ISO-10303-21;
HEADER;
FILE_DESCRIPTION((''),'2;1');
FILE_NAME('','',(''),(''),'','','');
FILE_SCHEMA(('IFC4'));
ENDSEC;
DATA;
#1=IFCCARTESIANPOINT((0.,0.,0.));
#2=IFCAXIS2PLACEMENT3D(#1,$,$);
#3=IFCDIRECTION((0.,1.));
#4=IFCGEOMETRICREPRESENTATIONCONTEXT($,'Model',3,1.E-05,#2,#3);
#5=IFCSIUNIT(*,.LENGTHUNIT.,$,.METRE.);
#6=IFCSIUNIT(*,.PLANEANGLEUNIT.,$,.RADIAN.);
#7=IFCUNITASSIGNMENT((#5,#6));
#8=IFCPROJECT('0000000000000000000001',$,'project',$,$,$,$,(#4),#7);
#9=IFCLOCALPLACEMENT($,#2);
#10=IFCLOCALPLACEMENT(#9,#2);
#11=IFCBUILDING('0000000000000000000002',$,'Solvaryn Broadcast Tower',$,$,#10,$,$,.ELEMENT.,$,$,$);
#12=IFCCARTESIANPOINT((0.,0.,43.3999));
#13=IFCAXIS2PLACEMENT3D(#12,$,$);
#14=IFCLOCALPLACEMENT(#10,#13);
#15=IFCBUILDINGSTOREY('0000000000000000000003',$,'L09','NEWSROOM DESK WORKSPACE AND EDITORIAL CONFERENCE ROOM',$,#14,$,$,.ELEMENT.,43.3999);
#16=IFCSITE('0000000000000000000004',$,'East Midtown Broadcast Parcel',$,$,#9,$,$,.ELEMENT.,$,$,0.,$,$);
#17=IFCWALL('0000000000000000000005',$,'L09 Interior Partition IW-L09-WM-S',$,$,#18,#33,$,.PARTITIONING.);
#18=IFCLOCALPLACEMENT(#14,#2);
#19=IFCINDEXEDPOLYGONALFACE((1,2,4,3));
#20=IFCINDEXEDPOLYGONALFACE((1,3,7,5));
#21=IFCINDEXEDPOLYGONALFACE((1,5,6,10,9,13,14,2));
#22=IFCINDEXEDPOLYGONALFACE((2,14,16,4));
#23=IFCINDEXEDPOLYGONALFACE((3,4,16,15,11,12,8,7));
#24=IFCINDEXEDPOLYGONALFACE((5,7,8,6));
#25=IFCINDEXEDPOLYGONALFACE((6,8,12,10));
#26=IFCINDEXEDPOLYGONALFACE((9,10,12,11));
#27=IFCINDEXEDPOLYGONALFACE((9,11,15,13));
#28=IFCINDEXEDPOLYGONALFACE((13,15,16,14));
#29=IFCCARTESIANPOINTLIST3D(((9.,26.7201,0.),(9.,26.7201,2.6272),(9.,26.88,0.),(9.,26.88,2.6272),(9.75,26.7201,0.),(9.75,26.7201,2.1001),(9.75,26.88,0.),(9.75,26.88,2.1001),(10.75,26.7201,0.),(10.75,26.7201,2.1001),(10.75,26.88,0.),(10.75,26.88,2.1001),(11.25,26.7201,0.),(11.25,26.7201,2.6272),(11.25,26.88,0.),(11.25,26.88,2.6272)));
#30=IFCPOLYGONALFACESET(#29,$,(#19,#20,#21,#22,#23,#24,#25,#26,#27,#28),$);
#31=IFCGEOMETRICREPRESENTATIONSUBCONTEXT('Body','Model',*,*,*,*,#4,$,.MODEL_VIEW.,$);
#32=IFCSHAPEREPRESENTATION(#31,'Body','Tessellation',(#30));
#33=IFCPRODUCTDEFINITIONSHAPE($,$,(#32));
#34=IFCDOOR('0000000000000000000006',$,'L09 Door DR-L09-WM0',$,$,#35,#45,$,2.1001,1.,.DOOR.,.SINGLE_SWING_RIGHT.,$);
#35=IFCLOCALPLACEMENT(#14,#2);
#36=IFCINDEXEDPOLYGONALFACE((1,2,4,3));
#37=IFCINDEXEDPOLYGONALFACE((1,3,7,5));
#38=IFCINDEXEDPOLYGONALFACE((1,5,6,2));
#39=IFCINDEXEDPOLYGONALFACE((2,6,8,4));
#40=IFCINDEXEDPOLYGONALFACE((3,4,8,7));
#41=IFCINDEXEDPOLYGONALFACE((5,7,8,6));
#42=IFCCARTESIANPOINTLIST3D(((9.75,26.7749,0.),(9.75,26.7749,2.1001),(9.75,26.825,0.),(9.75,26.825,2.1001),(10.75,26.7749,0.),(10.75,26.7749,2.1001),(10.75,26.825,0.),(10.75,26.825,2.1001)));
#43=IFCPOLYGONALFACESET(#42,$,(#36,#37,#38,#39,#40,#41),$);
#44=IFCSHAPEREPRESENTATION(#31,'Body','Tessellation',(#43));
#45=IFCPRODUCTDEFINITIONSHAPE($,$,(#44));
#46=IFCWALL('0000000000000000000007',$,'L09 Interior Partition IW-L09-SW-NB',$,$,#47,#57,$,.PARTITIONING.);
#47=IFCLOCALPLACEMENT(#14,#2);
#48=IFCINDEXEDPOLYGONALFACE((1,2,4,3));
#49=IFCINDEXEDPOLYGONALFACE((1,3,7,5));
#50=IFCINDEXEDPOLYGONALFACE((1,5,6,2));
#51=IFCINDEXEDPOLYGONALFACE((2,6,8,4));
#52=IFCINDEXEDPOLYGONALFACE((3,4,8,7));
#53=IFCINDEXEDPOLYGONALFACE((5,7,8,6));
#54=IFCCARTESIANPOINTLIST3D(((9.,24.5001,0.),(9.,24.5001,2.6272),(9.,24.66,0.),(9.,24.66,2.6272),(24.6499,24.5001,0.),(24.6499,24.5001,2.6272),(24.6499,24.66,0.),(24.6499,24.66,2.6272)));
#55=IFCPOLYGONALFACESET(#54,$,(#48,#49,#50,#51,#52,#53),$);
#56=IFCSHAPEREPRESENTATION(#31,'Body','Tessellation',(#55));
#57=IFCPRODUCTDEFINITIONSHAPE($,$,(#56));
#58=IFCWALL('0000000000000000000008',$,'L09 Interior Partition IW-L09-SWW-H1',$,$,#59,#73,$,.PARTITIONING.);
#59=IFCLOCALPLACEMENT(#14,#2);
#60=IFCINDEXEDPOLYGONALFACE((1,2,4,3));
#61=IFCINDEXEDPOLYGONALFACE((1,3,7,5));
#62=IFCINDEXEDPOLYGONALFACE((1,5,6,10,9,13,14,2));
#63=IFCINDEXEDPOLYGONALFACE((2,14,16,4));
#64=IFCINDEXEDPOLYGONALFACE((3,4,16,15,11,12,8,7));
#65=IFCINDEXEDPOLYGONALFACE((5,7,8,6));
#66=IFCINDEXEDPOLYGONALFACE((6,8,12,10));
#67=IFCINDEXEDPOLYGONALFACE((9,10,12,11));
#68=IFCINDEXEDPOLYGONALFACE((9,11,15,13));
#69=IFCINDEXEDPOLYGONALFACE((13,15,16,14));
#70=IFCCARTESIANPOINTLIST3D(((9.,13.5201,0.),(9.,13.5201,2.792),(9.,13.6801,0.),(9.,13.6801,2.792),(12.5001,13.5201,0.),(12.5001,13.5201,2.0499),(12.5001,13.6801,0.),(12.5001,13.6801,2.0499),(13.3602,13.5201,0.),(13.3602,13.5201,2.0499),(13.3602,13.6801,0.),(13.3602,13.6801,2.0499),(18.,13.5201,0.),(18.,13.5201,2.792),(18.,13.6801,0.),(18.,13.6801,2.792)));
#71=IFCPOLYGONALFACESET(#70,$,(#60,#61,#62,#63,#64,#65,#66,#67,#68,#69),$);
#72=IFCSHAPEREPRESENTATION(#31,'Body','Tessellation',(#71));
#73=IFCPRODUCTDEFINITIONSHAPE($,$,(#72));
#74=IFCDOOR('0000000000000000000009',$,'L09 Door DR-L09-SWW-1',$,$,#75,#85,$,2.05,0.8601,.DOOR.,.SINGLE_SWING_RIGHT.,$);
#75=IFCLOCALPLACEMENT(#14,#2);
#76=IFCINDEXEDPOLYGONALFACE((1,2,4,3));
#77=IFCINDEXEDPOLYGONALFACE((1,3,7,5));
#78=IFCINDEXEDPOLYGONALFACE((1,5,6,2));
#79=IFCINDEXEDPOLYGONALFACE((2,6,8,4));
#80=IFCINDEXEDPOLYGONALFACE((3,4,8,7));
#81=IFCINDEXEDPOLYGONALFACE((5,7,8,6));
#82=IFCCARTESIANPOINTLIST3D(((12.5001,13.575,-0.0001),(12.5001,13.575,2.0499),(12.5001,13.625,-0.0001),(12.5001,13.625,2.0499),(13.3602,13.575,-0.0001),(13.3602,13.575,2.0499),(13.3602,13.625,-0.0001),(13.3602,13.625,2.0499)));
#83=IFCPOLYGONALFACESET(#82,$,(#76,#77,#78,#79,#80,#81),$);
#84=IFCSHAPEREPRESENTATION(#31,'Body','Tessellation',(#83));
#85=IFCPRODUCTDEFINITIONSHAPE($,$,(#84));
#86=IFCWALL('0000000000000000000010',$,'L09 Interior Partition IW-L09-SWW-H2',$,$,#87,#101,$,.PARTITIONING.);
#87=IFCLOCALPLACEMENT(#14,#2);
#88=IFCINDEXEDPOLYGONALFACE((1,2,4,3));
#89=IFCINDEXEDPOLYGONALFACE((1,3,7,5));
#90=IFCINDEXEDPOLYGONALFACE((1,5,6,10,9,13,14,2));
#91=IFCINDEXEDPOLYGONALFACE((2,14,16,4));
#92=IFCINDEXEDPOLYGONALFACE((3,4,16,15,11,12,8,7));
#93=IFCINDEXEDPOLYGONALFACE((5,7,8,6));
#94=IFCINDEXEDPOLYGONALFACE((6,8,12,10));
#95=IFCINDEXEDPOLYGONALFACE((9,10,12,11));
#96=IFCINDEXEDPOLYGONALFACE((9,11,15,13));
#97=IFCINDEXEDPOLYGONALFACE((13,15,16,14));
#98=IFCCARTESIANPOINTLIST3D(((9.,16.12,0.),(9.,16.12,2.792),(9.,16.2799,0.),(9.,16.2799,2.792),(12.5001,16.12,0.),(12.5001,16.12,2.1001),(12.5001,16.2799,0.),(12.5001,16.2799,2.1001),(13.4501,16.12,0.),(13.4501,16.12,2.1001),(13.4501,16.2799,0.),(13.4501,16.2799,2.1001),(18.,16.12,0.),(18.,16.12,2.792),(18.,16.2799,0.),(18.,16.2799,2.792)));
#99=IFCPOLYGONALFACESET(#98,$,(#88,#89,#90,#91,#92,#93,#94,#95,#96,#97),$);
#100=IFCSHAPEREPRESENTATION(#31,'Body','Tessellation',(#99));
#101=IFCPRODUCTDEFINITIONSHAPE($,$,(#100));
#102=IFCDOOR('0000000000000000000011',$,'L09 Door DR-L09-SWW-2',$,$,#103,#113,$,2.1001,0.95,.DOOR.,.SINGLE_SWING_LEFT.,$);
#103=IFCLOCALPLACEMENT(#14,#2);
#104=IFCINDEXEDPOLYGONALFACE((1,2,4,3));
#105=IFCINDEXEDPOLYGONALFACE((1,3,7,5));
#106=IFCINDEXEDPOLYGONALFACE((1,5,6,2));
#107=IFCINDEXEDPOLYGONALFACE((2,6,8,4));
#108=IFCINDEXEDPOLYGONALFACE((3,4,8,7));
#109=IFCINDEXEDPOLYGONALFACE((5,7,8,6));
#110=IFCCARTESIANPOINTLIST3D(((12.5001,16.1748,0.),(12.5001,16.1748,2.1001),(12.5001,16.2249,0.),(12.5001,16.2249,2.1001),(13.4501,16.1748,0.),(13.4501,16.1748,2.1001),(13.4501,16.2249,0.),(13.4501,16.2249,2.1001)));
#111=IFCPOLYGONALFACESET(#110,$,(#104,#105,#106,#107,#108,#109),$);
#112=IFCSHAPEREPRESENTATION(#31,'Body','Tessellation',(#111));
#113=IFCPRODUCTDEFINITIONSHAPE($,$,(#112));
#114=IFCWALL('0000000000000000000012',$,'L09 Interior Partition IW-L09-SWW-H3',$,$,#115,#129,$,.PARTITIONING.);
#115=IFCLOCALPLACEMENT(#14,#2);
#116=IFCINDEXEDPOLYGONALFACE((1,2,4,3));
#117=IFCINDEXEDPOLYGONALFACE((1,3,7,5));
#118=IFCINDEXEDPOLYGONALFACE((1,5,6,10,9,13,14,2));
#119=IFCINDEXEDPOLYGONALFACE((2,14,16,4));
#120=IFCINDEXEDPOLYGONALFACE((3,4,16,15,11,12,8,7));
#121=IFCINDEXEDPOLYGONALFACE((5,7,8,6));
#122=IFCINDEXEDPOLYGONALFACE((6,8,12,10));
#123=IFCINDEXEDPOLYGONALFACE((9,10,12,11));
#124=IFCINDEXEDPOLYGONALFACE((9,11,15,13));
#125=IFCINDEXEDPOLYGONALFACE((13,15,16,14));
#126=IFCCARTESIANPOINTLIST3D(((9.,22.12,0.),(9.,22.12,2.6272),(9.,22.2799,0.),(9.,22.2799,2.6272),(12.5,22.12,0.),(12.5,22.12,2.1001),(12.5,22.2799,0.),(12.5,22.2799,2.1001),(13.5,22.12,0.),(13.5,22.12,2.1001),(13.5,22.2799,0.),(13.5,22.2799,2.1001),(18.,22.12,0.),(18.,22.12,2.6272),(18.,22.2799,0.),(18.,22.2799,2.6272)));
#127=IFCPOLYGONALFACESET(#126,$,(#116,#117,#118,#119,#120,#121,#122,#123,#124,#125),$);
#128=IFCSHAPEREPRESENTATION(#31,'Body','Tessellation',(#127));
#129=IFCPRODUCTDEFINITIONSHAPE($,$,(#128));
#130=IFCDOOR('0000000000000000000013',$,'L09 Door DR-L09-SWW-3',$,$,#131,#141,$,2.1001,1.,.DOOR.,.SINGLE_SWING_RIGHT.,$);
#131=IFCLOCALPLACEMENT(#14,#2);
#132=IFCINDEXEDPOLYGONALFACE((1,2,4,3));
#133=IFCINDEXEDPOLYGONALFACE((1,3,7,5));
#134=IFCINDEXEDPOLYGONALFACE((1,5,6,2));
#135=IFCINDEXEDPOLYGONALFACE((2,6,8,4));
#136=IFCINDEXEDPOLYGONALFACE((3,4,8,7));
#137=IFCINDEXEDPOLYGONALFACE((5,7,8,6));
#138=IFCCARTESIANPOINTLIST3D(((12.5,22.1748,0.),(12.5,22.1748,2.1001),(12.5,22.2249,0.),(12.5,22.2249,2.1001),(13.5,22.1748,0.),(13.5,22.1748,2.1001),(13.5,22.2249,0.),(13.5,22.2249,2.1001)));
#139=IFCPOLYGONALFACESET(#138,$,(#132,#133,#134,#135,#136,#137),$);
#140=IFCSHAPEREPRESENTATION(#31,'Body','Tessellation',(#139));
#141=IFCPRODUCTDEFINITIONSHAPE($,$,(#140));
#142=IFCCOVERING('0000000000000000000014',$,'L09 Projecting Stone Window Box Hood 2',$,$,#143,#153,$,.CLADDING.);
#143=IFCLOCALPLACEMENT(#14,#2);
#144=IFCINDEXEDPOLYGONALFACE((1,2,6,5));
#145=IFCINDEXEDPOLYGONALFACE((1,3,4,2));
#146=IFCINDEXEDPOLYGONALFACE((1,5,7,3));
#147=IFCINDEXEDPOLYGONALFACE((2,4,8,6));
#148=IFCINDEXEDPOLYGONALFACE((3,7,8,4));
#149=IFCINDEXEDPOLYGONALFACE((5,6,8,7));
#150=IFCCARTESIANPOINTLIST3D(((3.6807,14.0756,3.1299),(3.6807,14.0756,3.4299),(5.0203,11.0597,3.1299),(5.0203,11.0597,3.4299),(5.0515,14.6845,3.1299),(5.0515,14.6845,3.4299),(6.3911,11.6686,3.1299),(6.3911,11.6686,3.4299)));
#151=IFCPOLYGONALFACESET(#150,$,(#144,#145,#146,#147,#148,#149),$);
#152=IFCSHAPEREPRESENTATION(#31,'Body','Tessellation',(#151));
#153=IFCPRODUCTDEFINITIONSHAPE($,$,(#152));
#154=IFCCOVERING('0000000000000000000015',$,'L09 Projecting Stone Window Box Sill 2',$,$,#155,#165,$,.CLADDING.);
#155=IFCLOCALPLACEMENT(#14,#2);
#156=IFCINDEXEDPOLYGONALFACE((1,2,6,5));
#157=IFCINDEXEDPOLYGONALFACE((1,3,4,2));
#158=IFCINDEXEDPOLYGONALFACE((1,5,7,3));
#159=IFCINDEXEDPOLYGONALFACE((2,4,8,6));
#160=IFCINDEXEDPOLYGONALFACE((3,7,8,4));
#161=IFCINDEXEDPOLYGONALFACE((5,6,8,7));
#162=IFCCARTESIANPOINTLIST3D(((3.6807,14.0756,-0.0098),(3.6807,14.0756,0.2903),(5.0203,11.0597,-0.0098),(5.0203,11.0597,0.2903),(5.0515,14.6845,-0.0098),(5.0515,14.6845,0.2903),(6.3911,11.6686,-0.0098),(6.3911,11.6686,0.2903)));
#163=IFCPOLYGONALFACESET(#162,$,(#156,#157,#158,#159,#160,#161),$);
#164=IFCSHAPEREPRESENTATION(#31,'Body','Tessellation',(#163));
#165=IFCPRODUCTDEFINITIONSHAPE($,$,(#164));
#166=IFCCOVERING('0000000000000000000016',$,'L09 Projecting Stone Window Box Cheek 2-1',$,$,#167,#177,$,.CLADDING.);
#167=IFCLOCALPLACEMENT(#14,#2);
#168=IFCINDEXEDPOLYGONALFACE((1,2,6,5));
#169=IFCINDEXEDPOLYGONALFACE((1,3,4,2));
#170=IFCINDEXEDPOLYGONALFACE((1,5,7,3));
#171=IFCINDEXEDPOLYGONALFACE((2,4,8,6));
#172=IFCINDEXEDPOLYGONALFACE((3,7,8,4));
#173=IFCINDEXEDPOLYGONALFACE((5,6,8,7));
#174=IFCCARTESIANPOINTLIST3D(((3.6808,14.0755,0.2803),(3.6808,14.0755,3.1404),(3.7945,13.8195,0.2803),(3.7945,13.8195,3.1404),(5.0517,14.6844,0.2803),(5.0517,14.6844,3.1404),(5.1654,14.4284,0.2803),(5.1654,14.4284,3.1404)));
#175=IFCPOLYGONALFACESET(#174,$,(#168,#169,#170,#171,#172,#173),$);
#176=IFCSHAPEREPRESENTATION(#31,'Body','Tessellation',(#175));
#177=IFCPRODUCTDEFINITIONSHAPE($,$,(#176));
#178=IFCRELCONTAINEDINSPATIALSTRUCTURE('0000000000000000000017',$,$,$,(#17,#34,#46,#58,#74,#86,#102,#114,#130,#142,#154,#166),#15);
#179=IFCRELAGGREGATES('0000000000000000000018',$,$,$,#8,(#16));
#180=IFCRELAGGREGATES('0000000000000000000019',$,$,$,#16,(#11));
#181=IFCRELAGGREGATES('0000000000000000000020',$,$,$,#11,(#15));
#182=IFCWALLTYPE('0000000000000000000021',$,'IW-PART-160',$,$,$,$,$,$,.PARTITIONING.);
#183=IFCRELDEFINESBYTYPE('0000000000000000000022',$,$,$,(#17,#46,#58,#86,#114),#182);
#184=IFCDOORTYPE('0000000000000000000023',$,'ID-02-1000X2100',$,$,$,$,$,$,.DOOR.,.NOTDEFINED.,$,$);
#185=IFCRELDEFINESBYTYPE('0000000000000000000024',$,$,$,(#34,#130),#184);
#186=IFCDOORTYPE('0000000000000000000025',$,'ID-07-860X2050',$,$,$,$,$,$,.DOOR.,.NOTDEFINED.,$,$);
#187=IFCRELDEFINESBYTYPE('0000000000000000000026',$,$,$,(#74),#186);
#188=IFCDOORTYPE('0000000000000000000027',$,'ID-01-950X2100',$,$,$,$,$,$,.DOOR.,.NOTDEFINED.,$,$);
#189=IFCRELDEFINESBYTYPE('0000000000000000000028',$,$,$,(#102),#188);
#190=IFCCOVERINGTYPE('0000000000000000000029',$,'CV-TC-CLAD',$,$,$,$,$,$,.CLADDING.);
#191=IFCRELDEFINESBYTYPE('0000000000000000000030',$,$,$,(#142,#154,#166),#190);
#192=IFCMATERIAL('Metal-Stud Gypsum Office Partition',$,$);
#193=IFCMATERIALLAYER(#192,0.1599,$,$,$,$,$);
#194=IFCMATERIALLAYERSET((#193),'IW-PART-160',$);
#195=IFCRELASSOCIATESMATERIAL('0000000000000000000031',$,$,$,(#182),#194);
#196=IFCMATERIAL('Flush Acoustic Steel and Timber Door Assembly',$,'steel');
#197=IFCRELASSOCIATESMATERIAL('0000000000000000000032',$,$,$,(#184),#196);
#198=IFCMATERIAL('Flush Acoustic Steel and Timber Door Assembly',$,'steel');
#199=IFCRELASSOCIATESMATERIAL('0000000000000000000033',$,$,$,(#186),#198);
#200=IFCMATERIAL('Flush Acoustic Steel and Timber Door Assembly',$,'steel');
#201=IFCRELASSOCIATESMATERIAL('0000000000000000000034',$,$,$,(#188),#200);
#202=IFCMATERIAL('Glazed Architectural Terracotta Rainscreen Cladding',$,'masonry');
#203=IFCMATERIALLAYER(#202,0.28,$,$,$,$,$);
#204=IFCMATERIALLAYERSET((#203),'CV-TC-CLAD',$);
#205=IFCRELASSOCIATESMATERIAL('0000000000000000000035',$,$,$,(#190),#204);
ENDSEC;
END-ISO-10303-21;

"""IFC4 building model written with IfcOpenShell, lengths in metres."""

from ifc_helpers import new_model, si_unit, direction, frame, frame_2d, origin, origin_2d, place, context, subcontext, project, spatial, rectangle, extrude, material, layer, layer_set, type_object, element, fill, save


model = new_model("IFC4")

# Units and contexts
model_context = context("Model", 3, precision=1e-05, world=origin(), true_north=direction((0.0, 1.0)))
body_context = subcontext(model_context, "Body", "Model", "MODEL_VIEW")
ifc_project = project(units=[si_unit("LENGTHUNIT", "METRE"), si_unit("PLANEANGLEUNIT", "RADIAN")], contexts=[model_context])

# Site, building, storey
site_placement = place(None, origin())
site = spatial("IfcSite", under=ifc_project, at=site_placement, Name="East Midtown Broadcast Parcel", CompositionType="ELEMENT", RefElevation=0.0)
building_placement = place(site_placement, origin())
building = spatial("IfcBuilding", under=site, at=building_placement, Name="Solvaryn Broadcast Tower", CompositionType="ELEMENT")
storey_placement = place(building_placement, frame((0.0, 0.0, 43.3999)))
storey = spatial("IfcBuildingStorey", under=building, at=storey_placement, Name="L09", Description="NEWSROOM DESK WORKSPACE AND EDITORIAL CONFERENCE ROOM", CompositionType="ELEMENT", Elevation=43.3999)

# Wall, opening, door
ifc_material_1 = material(Name="Metal-Stud Gypsum Office Partition")
ifc_layer_1 = layer(ifc_material_1, 0.1599)
ifc_layer_set_1 = layer_set([ifc_layer_1], Name="IW-PART-160")
wall_type = type_object("IfcWallType", Name="IW-PART-160", PredefinedType="PARTITIONING", material=ifc_layer_set_1)
wall_1_placement = place(storey_placement, frame((9.0, 26.8, 0.0), z_axis=(0.0, 0.0, 1.0), x_axis=(1.0, 0.0, 0.0)))
wall_1 = element("IfcWall", 1, at=wall_1_placement, inside=storey, type_object=wall_type, Name="L09 Interior Partition IW-L09-WM-S", PredefinedType="PARTITIONING", context=body_context, shape_type="SweptSolid", body=[
    extrude(rectangle(XDim=2.25, YDim=0.1599, at=frame_2d((1.125, 0.0))), origin(), (0.0, 0.0, 1.0), 2.6272),
])
opening_1_placement = place(wall_1_placement, frame((0.75, 0.0, 0.0)))
opening_1 = element("IfcOpeningElement", 2, at=opening_1_placement, cuts=wall_1, PredefinedType="OPENING", context=body_context, shape_type="SweptSolid", body=[
    extrude(rectangle(XDim=1.0, YDim=2.1001, at=frame_2d((0.5, 1.05))), frame((0.0, 0.0901, 0.0), z_axis=(0.0, -1.0, 0.0), x_axis=(1.0, 0.0, 0.0)), (0.0, 0.0, 1.0), 0.1799),
])
ifc_material_2 = material(Name="Flush Acoustic Steel and Timber Door Assembly", Category="steel")
door_type_1 = type_object("IfcDoorType", Name="ID-02-1000X2100", OperationType="NOTDEFINED", PredefinedType="DOOR", material=ifc_material_2)
door_1_placement = place(opening_1_placement, origin())
door_1 = element("IfcDoor", 3, at=door_1_placement, inside=storey, type_object=door_type_1, Name="L09 Door DR-L09-WM0", OperationType="SINGLE_SWING_RIGHT", OverallHeight=2.1001, OverallWidth=1.0, PredefinedType="DOOR", context=body_context, shape_type="SweptSolid", body=[
    extrude(rectangle(XDim=1.0, YDim=2.1001, at=frame_2d((0.5, 1.05))), frame((0.0, 0.0249, 0.0), z_axis=(0.0, -1.0, 0.0), x_axis=(1.0, 0.0, 0.0)), (0.0, 0.0, 1.0), 0.05),
])
fill(opening_1, door_1)

# Wall
wall_2_placement = place(storey_placement, frame((9.0, 24.5801, 0.0), z_axis=(0.0, 0.0, 1.0), x_axis=(1.0, 0.0, 0.0)))
element("IfcWall", 4, at=wall_2_placement, inside=storey, type_object=wall_type, Name="L09 Interior Partition IW-L09-SW-NB", PredefinedType="PARTITIONING", context=body_context, shape_type="SweptSolid", body=[
    extrude(rectangle(XDim=15.6499, YDim=0.1599, at=frame_2d((7.825, 0.0))), origin(), (0.0, 0.0, 1.0), 2.6272),
])

# Walls, openings, doors
wall_3_placement = place(storey_placement, frame((9.0, 13.6001, 0.0), z_axis=(0.0, 0.0, 1.0), x_axis=(1.0, 0.0, 0.0)))
wall_3 = element("IfcWall", 5, at=wall_3_placement, inside=storey, type_object=wall_type, Name="L09 Interior Partition IW-L09-SWW-H1", PredefinedType="PARTITIONING", context=body_context, shape_type="SweptSolid", body=[
    extrude(rectangle(XDim=9.0, YDim=0.1599, at=frame_2d((4.5, 0.0))), origin(), (0.0, 0.0, 1.0), 2.792),
])
opening_2_placement = place(wall_3_placement, frame((3.5, 0.0, 0.0)))
opening_2 = element("IfcOpeningElement", 6, at=opening_2_placement, cuts=wall_3, PredefinedType="OPENING", context=body_context, shape_type="SweptSolid", body=[
    extrude(rectangle(XDim=0.8601, YDim=2.05, at=frame_2d((0.4302, 1.0249))), frame((0.0, 0.0901, 0.0), z_axis=(0.0, -1.0, 0.0), x_axis=(1.0, 0.0, 0.0)), (0.0, 0.0, 1.0), 0.1799),
])
ifc_material_3 = material(Name="Flush Acoustic Steel and Timber Door Assembly", Category="steel")
door_type_2 = type_object("IfcDoorType", Name="ID-07-860X2050", OperationType="NOTDEFINED", PredefinedType="DOOR", material=ifc_material_3)
door_2_placement = place(opening_2_placement, origin())
door_2 = element("IfcDoor", 7, at=door_2_placement, inside=storey, type_object=door_type_2, Name="L09 Door DR-L09-SWW-1", OperationType="SINGLE_SWING_RIGHT", OverallHeight=2.05, OverallWidth=0.8601, PredefinedType="DOOR", context=body_context, shape_type="SweptSolid", body=[
    extrude(rectangle(XDim=0.8601, YDim=2.05, at=frame_2d((0.4302, 1.0249))), frame((0.0, 0.0249, 0.0), z_axis=(0.0, -1.0, 0.0), x_axis=(1.0, 0.0, 0.0)), (0.0, 0.0, 1.0), 0.05),
])
fill(opening_2, door_2)
wall_4_placement = place(storey_placement, frame((9.0, 16.2, 0.0), z_axis=(0.0, 0.0, 1.0), x_axis=(1.0, 0.0, 0.0)))
wall_4 = element("IfcWall", 8, at=wall_4_placement, inside=storey, type_object=wall_type, Name="L09 Interior Partition IW-L09-SWW-H2", PredefinedType="PARTITIONING", context=body_context, shape_type="SweptSolid", body=[
    extrude(rectangle(XDim=9.0, YDim=0.1599, at=frame_2d((4.5, 0.0))), origin(), (0.0, 0.0, 1.0), 2.792),
])
opening_3_placement = place(wall_4_placement, frame((3.5, 0.0, 0.0)))
opening_3 = element("IfcOpeningElement", 9, at=opening_3_placement, cuts=wall_4, PredefinedType="OPENING", context=body_context, shape_type="SweptSolid", body=[
    extrude(rectangle(XDim=0.95, YDim=2.1001, at=frame_2d((0.4751, 1.05))), frame((0.0, 0.0901, 0.0), z_axis=(0.0, -1.0, 0.0), x_axis=(1.0, 0.0, 0.0)), (0.0, 0.0, 1.0), 0.1799),
])
ifc_material_4 = material(Name="Flush Acoustic Steel and Timber Door Assembly", Category="steel")
door_type_3 = type_object("IfcDoorType", Name="ID-01-950X2100", OperationType="NOTDEFINED", PredefinedType="DOOR", material=ifc_material_4)
door_3_placement = place(opening_3_placement, origin())
door_3 = element("IfcDoor", 10, at=door_3_placement, inside=storey, type_object=door_type_3, Name="L09 Door DR-L09-SWW-2", OperationType="SINGLE_SWING_LEFT", OverallHeight=2.1001, OverallWidth=0.95, PredefinedType="DOOR", context=body_context, shape_type="SweptSolid", body=[
    extrude(rectangle(XDim=0.95, YDim=2.1001, at=frame_2d((0.4751, 1.05))), frame((0.0, 0.0249, 0.0), z_axis=(0.0, -1.0, 0.0), x_axis=(1.0, 0.0, 0.0)), (0.0, 0.0, 1.0), 0.05),
])
fill(opening_3, door_3)
wall_5_placement = place(storey_placement, frame((9.0, 22.2, 0.0), z_axis=(0.0, 0.0, 1.0), x_axis=(1.0, 0.0, 0.0)))
wall_5 = element("IfcWall", 11, at=wall_5_placement, inside=storey, type_object=wall_type, Name="L09 Interior Partition IW-L09-SWW-H3", PredefinedType="PARTITIONING", context=body_context, shape_type="SweptSolid", body=[
    extrude(rectangle(XDim=9.0, YDim=0.1599, at=frame_2d((4.5, 0.0))), origin(), (0.0, 0.0, 1.0), 2.6272),
])
opening_4_placement = place(wall_5_placement, frame((3.5, 0.0, 0.0)))
opening_4 = element("IfcOpeningElement", 12, at=opening_4_placement, cuts=wall_5, PredefinedType="OPENING", context=body_context, shape_type="SweptSolid", body=[
    extrude(rectangle(XDim=1.0, YDim=2.1001, at=frame_2d((0.5, 1.05))), frame((0.0, 0.0901, 0.0), z_axis=(0.0, -1.0, 0.0), x_axis=(1.0, 0.0, 0.0)), (0.0, 0.0, 1.0), 0.1799),
])
door_4_placement = place(opening_4_placement, origin())
door_4 = element("IfcDoor", 13, at=door_4_placement, inside=storey, type_object=door_type_1, Name="L09 Door DR-L09-SWW-3", OperationType="SINGLE_SWING_RIGHT", OverallHeight=2.1001, OverallWidth=1.0, PredefinedType="DOOR", context=body_context, shape_type="SweptSolid", body=[
    extrude(rectangle(XDim=1.0, YDim=2.1001, at=frame_2d((0.5, 1.05))), frame((0.0, 0.0249, 0.0), z_axis=(0.0, -1.0, 0.0), x_axis=(1.0, 0.0, 0.0)), (0.0, 0.0, 1.0), 0.05),
])
fill(opening_4, door_4)

# Coverings
ifc_material_5 = material(Name="Glazed Architectural Terracotta Rainscreen Cladding", Category="masonry")
ifc_layer_2 = layer(ifc_material_5, 0.28)
ifc_layer_set_2 = layer_set([ifc_layer_2], Name="CV-TC-CLAD")
covering_type_1 = type_object("IfcCoveringType", Name="CV-TC-CLAD", PredefinedType="CLADDING", material=ifc_layer_set_2)
for number, where, z_axis, x_axis, name in (
    (14, (5.0359, 12.8721, 3.1299), (0.0, 0.0, 1.0), (0.405939, -0.9139, 0.0), "L09 Projecting Stone Window Box Hood 2"),
    (15, (5.0359, 12.8721, -0.0098), (0.0, 0.0, 1.0), (0.405939, -0.9139, 0.0), "L09 Projecting Stone Window Box Sill 2"),
):
    element("IfcCovering", number, at=place(storey_placement, frame(where, z_axis=z_axis, x_axis=x_axis)), inside=storey, type_object=covering_type_1, Name=name, PredefinedType="CLADDING", context=body_context, shape_type="SweptSolid", body=[
        extrude(rectangle(XDim=3.3, YDim=1.5, at=origin_2d()), origin(), (0.0, 0.0, 1.0), 0.3),
    ])
covering_placement = place(storey_placement, frame((4.4231, 14.252, 0.2803), z_axis=(0.0, 0.0, 1.0), x_axis=(0.405939, -0.9139, 0.0)))
element("IfcCovering", 16, at=covering_placement, inside=storey, type_object=covering_type_1, Name="L09 Projecting Stone Window Box Cheek 2-1", PredefinedType="CLADDING", context=body_context, shape_type="SweptSolid", body=[
    extrude(rectangle(XDim=0.28, YDim=1.5, at=origin_2d()), origin(), (0.0, 0.0, 1.0), 2.8601),
])

save(model, "model.ifc")
